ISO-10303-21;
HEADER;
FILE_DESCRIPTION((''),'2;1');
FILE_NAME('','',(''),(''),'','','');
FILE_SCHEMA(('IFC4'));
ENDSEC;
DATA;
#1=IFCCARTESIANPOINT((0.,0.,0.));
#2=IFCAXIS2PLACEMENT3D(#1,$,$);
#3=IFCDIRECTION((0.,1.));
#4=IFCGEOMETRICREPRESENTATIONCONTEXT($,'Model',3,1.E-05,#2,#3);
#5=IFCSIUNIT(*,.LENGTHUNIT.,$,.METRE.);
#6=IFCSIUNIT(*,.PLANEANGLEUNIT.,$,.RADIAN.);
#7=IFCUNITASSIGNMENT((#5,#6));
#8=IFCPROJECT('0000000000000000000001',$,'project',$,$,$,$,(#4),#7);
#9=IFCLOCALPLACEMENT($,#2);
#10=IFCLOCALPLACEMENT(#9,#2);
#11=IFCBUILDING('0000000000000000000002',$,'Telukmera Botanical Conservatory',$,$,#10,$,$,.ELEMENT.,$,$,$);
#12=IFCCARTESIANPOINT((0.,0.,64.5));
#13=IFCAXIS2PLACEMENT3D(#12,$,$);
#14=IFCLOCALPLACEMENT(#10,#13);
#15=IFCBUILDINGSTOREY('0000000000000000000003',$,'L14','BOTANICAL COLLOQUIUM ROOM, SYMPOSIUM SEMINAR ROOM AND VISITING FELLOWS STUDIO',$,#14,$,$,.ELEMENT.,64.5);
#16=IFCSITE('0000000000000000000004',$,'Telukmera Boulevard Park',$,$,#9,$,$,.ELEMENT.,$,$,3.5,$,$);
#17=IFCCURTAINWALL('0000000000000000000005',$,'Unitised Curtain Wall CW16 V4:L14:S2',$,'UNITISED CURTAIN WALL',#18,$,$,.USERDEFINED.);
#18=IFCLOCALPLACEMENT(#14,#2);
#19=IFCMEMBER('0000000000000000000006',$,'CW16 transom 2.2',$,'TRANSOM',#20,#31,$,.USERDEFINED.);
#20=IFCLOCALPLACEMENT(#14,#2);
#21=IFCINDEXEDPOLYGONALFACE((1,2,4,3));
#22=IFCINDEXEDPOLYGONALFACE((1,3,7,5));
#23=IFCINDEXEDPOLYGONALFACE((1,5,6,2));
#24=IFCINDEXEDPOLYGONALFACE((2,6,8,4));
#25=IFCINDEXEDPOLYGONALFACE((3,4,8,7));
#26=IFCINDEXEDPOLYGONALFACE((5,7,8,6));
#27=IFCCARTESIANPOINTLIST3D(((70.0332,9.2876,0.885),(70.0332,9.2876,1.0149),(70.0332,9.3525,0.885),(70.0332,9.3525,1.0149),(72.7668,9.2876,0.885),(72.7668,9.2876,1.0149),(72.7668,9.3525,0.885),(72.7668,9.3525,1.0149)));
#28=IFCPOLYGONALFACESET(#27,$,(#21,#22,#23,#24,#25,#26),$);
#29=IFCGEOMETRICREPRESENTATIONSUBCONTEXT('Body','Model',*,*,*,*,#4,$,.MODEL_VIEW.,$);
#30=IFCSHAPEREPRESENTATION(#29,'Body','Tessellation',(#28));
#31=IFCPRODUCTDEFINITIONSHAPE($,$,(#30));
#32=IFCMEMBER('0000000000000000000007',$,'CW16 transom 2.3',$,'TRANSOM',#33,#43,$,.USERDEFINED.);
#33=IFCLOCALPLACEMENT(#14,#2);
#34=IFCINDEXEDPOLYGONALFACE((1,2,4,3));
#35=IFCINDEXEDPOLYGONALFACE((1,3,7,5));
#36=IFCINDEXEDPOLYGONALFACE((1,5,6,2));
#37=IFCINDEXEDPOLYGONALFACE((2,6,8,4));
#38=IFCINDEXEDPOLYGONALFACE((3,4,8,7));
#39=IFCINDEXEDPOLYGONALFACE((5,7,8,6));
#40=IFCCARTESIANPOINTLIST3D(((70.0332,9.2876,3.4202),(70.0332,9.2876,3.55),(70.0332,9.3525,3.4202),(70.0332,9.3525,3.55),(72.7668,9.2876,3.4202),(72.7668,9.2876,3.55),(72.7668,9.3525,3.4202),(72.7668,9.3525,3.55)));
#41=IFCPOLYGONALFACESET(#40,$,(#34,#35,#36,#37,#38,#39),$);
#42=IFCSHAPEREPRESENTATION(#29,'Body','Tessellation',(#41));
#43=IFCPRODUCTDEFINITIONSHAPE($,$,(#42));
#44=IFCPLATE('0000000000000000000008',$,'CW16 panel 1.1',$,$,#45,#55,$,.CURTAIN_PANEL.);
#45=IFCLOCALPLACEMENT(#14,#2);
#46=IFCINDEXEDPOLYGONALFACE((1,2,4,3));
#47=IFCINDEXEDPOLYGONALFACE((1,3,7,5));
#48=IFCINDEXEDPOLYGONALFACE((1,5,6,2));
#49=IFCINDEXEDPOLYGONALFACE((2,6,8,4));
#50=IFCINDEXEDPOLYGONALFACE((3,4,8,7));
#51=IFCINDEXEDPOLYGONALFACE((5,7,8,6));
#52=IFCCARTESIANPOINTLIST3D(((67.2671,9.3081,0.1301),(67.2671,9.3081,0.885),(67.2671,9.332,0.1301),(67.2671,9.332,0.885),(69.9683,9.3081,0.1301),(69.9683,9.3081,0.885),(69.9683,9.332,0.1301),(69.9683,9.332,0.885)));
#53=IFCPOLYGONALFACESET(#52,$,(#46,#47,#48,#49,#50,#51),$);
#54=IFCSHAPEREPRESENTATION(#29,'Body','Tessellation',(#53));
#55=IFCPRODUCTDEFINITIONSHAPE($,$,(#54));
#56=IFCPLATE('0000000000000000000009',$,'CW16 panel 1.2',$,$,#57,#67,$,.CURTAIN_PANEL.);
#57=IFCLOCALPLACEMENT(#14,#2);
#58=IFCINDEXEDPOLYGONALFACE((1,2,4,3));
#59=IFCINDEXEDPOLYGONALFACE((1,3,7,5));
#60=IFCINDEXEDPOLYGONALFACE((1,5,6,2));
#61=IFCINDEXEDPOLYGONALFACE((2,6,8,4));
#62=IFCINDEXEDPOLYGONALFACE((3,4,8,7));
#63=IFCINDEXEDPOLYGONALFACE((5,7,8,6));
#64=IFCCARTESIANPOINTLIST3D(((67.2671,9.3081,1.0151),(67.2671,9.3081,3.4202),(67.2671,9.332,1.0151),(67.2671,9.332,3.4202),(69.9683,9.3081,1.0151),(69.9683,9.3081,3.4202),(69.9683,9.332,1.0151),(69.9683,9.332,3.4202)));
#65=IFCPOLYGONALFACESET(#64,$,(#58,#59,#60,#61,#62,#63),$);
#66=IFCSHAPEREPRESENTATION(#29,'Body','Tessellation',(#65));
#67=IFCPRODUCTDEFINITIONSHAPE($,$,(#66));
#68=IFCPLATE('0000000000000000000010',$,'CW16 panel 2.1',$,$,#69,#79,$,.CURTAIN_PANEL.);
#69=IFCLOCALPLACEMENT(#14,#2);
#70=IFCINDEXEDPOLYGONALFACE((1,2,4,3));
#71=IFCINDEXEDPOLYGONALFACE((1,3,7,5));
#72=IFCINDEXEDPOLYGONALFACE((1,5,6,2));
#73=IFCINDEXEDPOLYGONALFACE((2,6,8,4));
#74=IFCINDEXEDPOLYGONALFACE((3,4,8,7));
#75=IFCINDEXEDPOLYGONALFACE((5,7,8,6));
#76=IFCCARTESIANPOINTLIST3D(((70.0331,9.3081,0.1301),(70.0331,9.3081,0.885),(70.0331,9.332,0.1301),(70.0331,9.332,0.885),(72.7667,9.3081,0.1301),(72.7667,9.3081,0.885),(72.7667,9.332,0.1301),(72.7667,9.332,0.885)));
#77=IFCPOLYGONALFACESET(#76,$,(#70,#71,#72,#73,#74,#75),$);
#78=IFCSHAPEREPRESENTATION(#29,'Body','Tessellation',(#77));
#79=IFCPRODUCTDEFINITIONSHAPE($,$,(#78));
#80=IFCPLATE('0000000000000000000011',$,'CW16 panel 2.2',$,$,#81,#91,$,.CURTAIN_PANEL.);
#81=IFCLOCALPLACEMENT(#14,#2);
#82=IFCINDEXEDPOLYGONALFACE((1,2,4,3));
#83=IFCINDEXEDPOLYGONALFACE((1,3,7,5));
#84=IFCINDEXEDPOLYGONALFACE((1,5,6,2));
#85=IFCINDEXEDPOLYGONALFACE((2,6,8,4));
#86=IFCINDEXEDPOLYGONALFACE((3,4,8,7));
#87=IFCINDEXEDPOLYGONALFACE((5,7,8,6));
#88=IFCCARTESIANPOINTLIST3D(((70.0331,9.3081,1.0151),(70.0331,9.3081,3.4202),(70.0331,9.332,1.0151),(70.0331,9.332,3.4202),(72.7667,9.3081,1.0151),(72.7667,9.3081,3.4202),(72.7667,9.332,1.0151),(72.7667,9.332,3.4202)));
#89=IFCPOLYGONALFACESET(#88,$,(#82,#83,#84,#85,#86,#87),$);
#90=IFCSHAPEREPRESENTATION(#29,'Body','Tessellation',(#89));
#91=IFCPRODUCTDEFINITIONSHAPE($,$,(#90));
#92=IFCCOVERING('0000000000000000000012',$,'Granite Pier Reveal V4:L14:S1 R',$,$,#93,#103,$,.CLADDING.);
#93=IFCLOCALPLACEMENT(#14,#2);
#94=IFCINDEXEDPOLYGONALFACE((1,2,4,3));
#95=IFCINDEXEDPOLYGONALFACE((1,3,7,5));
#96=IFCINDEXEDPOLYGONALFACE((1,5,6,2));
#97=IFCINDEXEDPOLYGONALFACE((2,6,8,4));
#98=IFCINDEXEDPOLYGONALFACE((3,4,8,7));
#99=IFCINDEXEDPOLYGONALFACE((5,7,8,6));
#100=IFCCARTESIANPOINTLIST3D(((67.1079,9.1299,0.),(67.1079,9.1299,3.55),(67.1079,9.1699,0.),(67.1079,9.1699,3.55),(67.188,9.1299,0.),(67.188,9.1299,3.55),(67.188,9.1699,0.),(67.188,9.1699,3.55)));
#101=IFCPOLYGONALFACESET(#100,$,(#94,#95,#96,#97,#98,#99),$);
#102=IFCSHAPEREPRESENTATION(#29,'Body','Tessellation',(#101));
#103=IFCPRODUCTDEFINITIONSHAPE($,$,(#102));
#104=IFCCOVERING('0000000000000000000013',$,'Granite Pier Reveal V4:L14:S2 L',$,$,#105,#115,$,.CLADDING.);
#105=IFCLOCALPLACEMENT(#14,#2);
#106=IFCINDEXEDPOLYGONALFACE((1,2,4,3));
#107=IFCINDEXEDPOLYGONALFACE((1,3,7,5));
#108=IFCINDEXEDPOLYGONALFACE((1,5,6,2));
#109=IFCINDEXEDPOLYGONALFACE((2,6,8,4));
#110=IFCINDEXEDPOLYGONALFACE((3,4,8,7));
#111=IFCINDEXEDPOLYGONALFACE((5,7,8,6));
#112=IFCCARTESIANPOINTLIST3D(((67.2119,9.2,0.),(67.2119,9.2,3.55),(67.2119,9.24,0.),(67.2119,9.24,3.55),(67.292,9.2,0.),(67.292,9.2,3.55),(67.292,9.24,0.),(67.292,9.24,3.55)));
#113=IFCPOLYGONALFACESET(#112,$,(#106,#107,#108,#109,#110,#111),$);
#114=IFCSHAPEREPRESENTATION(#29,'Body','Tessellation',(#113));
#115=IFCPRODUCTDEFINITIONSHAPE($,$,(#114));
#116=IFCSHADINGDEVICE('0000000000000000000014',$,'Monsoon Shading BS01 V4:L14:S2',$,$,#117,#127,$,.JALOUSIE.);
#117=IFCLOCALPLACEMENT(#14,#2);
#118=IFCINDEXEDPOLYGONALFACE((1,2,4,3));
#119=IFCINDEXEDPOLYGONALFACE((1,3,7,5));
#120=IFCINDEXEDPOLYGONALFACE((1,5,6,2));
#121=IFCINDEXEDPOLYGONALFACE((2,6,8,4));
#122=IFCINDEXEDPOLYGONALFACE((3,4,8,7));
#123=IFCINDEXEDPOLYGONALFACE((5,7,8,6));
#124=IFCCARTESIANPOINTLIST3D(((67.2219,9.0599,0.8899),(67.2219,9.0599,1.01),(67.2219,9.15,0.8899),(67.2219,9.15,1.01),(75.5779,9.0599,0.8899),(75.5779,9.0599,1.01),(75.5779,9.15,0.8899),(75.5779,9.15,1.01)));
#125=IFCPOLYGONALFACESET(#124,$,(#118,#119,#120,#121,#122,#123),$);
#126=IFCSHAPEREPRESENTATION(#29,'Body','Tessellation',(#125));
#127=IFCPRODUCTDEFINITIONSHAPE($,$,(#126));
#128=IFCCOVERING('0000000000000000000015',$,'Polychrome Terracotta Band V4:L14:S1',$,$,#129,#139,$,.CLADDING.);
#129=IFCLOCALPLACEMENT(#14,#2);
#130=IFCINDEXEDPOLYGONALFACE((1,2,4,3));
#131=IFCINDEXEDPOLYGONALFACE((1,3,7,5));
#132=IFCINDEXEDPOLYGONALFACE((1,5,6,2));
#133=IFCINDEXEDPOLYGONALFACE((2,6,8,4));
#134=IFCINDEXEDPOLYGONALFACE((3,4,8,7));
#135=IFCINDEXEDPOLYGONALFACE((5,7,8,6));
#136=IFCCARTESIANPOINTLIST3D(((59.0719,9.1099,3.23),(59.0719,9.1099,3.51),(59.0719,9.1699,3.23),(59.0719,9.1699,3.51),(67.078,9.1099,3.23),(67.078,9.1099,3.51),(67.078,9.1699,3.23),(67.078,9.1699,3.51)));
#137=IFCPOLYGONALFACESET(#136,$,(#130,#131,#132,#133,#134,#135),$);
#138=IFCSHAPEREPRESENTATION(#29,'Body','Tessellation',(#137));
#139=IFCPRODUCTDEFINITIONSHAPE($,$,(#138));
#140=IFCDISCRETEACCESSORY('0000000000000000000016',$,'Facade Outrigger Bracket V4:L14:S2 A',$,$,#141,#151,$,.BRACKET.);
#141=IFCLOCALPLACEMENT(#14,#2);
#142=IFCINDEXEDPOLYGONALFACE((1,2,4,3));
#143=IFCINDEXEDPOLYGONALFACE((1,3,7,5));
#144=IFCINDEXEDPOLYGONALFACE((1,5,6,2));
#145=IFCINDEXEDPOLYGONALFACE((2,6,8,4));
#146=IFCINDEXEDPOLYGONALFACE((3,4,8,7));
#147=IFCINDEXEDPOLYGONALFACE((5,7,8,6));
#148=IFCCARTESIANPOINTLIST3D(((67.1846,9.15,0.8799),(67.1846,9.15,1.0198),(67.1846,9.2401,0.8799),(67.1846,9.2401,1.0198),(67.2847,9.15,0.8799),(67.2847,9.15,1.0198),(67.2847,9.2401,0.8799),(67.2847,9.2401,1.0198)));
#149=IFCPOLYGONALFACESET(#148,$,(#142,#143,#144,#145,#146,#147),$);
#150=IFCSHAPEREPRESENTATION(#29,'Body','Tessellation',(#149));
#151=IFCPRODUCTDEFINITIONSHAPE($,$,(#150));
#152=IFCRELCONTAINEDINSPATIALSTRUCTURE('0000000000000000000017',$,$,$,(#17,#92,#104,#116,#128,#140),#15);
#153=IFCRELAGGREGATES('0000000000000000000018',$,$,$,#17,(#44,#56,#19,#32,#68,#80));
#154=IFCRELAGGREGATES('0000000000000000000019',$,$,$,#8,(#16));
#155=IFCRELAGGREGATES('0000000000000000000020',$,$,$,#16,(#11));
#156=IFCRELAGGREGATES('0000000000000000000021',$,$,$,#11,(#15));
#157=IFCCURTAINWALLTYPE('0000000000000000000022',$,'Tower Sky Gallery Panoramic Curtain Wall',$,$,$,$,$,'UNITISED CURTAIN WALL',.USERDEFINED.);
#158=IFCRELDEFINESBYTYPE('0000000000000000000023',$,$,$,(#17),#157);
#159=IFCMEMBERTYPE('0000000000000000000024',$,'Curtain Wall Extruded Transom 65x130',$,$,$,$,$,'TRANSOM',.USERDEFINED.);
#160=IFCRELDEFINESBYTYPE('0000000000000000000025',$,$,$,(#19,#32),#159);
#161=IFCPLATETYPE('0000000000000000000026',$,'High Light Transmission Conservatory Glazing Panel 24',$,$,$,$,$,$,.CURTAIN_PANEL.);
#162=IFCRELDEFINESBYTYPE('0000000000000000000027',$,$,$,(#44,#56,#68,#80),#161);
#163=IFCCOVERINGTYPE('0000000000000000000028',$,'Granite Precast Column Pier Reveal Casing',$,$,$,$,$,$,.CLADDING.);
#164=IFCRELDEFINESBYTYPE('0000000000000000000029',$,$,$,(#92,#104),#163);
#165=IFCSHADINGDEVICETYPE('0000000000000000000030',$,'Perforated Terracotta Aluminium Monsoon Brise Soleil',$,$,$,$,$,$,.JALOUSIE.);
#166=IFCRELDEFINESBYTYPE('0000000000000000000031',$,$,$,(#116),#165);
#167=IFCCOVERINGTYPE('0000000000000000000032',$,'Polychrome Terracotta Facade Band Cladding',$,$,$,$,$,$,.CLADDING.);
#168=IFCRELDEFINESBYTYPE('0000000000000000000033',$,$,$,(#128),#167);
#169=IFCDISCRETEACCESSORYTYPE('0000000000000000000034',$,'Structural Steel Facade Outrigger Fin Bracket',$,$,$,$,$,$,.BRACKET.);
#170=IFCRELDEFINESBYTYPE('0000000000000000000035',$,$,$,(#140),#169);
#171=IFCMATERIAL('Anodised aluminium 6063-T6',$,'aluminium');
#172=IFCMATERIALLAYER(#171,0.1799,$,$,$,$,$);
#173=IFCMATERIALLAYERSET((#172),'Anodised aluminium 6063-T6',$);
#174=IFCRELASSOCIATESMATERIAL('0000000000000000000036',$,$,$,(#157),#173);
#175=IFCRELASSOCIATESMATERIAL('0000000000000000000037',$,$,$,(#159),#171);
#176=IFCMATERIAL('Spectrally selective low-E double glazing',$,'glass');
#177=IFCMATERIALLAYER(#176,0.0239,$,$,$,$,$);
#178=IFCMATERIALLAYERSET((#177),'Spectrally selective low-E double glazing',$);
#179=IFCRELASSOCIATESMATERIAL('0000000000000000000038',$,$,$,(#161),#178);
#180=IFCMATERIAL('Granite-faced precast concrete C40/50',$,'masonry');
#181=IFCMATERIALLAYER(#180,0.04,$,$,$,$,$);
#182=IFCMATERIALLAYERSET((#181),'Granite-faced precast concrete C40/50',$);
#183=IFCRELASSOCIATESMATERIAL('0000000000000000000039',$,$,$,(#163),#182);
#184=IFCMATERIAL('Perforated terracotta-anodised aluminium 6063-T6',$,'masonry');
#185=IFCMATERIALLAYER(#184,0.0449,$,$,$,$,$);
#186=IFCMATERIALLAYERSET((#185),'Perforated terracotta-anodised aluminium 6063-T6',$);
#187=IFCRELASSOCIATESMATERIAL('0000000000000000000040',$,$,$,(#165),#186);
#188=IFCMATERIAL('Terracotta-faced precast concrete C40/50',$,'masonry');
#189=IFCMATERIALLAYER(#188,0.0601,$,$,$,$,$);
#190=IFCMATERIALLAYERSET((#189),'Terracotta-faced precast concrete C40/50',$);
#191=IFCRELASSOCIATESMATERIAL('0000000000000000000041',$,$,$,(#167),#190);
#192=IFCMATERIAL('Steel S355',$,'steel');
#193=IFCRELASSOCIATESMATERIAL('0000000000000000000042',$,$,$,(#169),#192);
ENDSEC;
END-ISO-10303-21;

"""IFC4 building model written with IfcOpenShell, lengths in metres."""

from ifc_helpers import new_model, si_unit, direction, frame, origin, origin_2d, place, context, subcontext, project, spatial, rectangle, extrude, material, layer, layer_set, material_profile, profile_set, type_object, element, aggregate, save


model = new_model("IFC4")

# Units and contexts
model_context = context("Model", 3, precision=1e-05, world=origin(), true_north=direction((0.0, 1.0)))
body_context = subcontext(model_context, "Body", "Model", "MODEL_VIEW")
ifc_project = project(units=[si_unit("LENGTHUNIT", "METRE"), si_unit("PLANEANGLEUNIT", "RADIAN")], contexts=[model_context])

# Site, building, storey
site_placement = place(None, origin())
site = spatial("IfcSite", under=ifc_project, at=site_placement, Name="Telukmera Boulevard Park", CompositionType="ELEMENT", RefElevation=3.5)
building_placement = place(site_placement, origin())
building = spatial("IfcBuilding", under=site, at=building_placement, Name="Telukmera Botanical Conservatory", CompositionType="ELEMENT")
storey_placement = place(building_placement, frame((0.0, 0.0, 64.5)))
storey = spatial("IfcBuildingStorey", under=building, at=storey_placement, Name="L14", Description="BOTANICAL COLLOQUIUM ROOM, SYMPOSIUM SEMINAR ROOM AND VISITING FELLOWS STUDIO", CompositionType="ELEMENT", Elevation=64.5)

# Curtain wall, members, plates
ifc_material_1 = material(Name="Anodised aluminium 6063-T6", Category="aluminium")
ifc_layer_1 = layer(ifc_material_1, 0.1799)
ifc_layer_set_1 = layer_set([ifc_layer_1], Name="Anodised aluminium 6063-T6")
curtain_wall_type = type_object("IfcCurtainWallType", Name="Tower Sky Gallery Panoramic Curtain Wall", ElementType="UNITISED CURTAIN WALL", PredefinedType="USERDEFINED", material=ifc_layer_set_1)
curtain_wall_placement = place(storey_placement, origin())
curtain_wall = element("IfcCurtainWall", 1, at=curtain_wall_placement, inside=storey, type_object=curtain_wall_type, Name="Unitised Curtain Wall CW16 V4:L14:S2", ObjectType="UNITISED CURTAIN WALL", PredefinedType="USERDEFINED")
ifc_material_profile_1 = material_profile(ifc_material_1, rectangle(XDim=0.0649, YDim=0.1299, at=origin_2d()), Name="ALU TRAN 65x130")
ifc_profile_set_1 = profile_set([ifc_material_profile_1], Name="Anodised aluminium 6063-T6")
member_type_1 = type_object("IfcMemberType", Name="Curtain Wall Extruded Transom 65x130", ElementType="TRANSOM", PredefinedType="USERDEFINED", material=ifc_profile_set_1)
member_1_placement = place(storey_placement, frame((70.0332, 9.3201, 0.95), z_axis=(1.0, 0.0, 0.0), x_axis=(0.0, 1.0, 0.0)))
member_1 = element("IfcMember", 2, at=member_1_placement, type_object=member_type_1, Name="CW16 transom 2.2", ObjectType="TRANSOM", PredefinedType="USERDEFINED", context=body_context, shape_type="SweptSolid", body=[
    extrude(rectangle(XDim=0.0649, YDim=0.1299, at=origin_2d()), origin(), (0.0, 0.0, 1.0), 2.7336),
])
member_2_placement = place(storey_placement, frame((70.0332, 9.3201, 3.4851), z_axis=(1.0, 0.0, 0.0), x_axis=(0.0, 1.0, 0.0)))
member_2 = element("IfcMember", 3, at=member_2_placement, type_object=member_type_1, Name="CW16 transom 2.3", ObjectType="TRANSOM", PredefinedType="USERDEFINED", context=body_context, shape_type="SweptSolid", body=[
    extrude(rectangle(XDim=0.0649, YDim=0.1299, at=origin_2d()), origin(), (0.0, 0.0, 1.0), 2.7336),
])
ifc_material_2 = material(Name="Spectrally selective low-E double glazing", Category="glass")
ifc_layer_2 = layer(ifc_material_2, 0.0239)
ifc_layer_set_2 = layer_set([ifc_layer_2], Name="Spectrally selective low-E double glazing")
plate_type = type_object("IfcPlateType", Name="High Light Transmission Conservatory Glazing Panel 24", PredefinedType="CURTAIN_PANEL", material=ifc_layer_set_2)
plate_1_placement = place(storey_placement, frame((68.6177, 9.3201, 0.1301), z_axis=(0.0, 0.0, 1.0), x_axis=(1.0, 0.0, 0.0)))
plate_1 = element("IfcPlate", 4, at=plate_1_placement, type_object=plate_type, Name="CW16 panel 1.1", PredefinedType="CURTAIN_PANEL", context=body_context, shape_type="SweptSolid", body=[
    extrude(rectangle(XDim=2.7012, YDim=0.0239, at=origin_2d()), origin(), (0.0, 0.0, 1.0), 0.7549),
])
plate_2_placement = place(storey_placement, frame((68.6177, 9.3201, 1.0151), z_axis=(0.0, 0.0, 1.0), x_axis=(1.0, 0.0, 0.0)))
plate_2 = element("IfcPlate", 5, at=plate_2_placement, type_object=plate_type, Name="CW16 panel 1.2", PredefinedType="CURTAIN_PANEL", context=body_context, shape_type="SweptSolid", body=[
    extrude(rectangle(XDim=2.7012, YDim=0.0239, at=origin_2d()), origin(), (0.0, 0.0, 1.0), 2.405),
])
plate_3_placement = place(storey_placement, frame((71.3999, 9.3201, 0.1301), z_axis=(0.0, 0.0, 1.0), x_axis=(1.0, 0.0, 0.0)))
plate_3 = element("IfcPlate", 6, at=plate_3_placement, type_object=plate_type, Name="CW16 panel 2.1", PredefinedType="CURTAIN_PANEL", context=body_context, shape_type="SweptSolid", body=[
    extrude(rectangle(XDim=2.7336, YDim=0.0239, at=origin_2d()), origin(), (0.0, 0.0, 1.0), 0.7549),
])
plate_4_placement = place(storey_placement, frame((71.3999, 9.3201, 1.0151), z_axis=(0.0, 0.0, 1.0), x_axis=(1.0, 0.0, 0.0)))
plate_4 = element("IfcPlate", 7, at=plate_4_placement, type_object=plate_type, Name="CW16 panel 2.2", PredefinedType="CURTAIN_PANEL", context=body_context, shape_type="SweptSolid", body=[
    extrude(rectangle(XDim=2.7336, YDim=0.0239, at=origin_2d()), origin(), (0.0, 0.0, 1.0), 2.405),
])
aggregate(curtain_wall, [plate_1, plate_2, member_1, member_2, plate_3, plate_4])

# Coverings
ifc_material_3 = material(Name="Granite-faced precast concrete C40/50", Category="masonry")
ifc_layer_3 = layer(ifc_material_3, 0.04)
ifc_layer_set_3 = layer_set([ifc_layer_3], Name="Granite-faced precast concrete C40/50")
covering_type_1 = type_object("IfcCoveringType", Name="Granite Precast Column Pier Reveal Casing", PredefinedType="CLADDING", material=ifc_layer_set_3)
for number, where, z_axis, x_axis, name in (
    (8, (67.1479, 9.1499, 0.0), (0.0, 0.0, 1.0), (1.0, 0.0, 0.0), "Granite Pier Reveal V4:L14:S1 R"),
    (9, (67.252, 9.22, 0.0), (0.0, 0.0, 1.0), (1.0, 0.0, 0.0), "Granite Pier Reveal V4:L14:S2 L"),
):
    element("IfcCovering", number, at=place(storey_placement, frame(where, z_axis=z_axis, x_axis=x_axis)), inside=storey, type_object=covering_type_1, Name=name, PredefinedType="CLADDING", context=body_context, shape_type="SweptSolid", body=[
        extrude(rectangle(XDim=0.0801, YDim=0.04, at=origin_2d()), origin(), (0.0, 0.0, 1.0), 3.55),
    ])

# Shading device
ifc_material_4 = material(Name="Perforated terracotta-anodised aluminium 6063-T6", Category="masonry")
ifc_layer_4 = layer(ifc_material_4, 0.0449)
ifc_layer_set_4 = layer_set([ifc_layer_4], Name="Perforated terracotta-anodised aluminium 6063-T6")
shading_device_type = type_object("IfcShadingDeviceType", Name="Perforated Terracotta Aluminium Monsoon Brise Soleil", PredefinedType="JALOUSIE", material=ifc_layer_set_4)
shading_device_placement = place(storey_placement, frame((71.3999, 9.105, 0.8899), z_axis=(0.0, 0.0, 1.0), x_axis=(1.0, 0.0, 0.0)))
element("IfcShadingDevice", 10, at=shading_device_placement, inside=storey, type_object=shading_device_type, Name="Monsoon Shading BS01 V4:L14:S2", PredefinedType="JALOUSIE", context=body_context, shape_type="SweptSolid", body=[
    extrude(rectangle(XDim=8.356, YDim=0.0901, at=origin_2d()), origin(), (0.0, 0.0, 1.0), 0.1201),
])

# Covering
ifc_material_5 = material(Name="Terracotta-faced precast concrete C40/50", Category="masonry")
ifc_layer_5 = layer(ifc_material_5, 0.0601)
ifc_layer_set_5 = layer_set([ifc_layer_5], Name="Terracotta-faced precast concrete C40/50")
covering_type_2 = type_object("IfcCoveringType", Name="Polychrome Terracotta Facade Band Cladding", PredefinedType="CLADDING", material=ifc_layer_set_5)
covering_placement = place(storey_placement, frame((63.075, 9.1399, 3.23), z_axis=(0.0, 0.0, 1.0), x_axis=(1.0, 0.0, 0.0)))
element("IfcCovering", 11, at=covering_placement, inside=storey, type_object=covering_type_2, Name="Polychrome Terracotta Band V4:L14:S1", PredefinedType="CLADDING", context=body_context, shape_type="SweptSolid", body=[
    extrude(rectangle(XDim=8.0061, YDim=0.0601, at=origin_2d()), origin(), (0.0, 0.0, 1.0), 0.28),
])

# Discrete accessory
ifc_material_6 = material(Name="Steel S355", Category="steel")
discrete_accessory_type = type_object("IfcDiscreteAccessoryType", Name="Structural Steel Facade Outrigger Fin Bracket", PredefinedType="BRACKET", material=ifc_material_6)
discrete_accessory_placement = place(storey_placement, frame((67.2346, 9.1951, 0.8799), z_axis=(0.0, 0.0, 1.0), x_axis=(1.0, 0.0, 0.0)))
element("IfcDiscreteAccessory", 12, at=discrete_accessory_placement, inside=storey, type_object=discrete_accessory_type, Name="Facade Outrigger Bracket V4:L14:S2 A", PredefinedType="BRACKET", context=body_context, shape_type="SweptSolid", body=[
    extrude(rectangle(XDim=0.1001, YDim=0.0901, at=origin_2d()), origin(), (0.0, 0.0, 1.0), 0.1399),
])

save(model, "model.ifc")
